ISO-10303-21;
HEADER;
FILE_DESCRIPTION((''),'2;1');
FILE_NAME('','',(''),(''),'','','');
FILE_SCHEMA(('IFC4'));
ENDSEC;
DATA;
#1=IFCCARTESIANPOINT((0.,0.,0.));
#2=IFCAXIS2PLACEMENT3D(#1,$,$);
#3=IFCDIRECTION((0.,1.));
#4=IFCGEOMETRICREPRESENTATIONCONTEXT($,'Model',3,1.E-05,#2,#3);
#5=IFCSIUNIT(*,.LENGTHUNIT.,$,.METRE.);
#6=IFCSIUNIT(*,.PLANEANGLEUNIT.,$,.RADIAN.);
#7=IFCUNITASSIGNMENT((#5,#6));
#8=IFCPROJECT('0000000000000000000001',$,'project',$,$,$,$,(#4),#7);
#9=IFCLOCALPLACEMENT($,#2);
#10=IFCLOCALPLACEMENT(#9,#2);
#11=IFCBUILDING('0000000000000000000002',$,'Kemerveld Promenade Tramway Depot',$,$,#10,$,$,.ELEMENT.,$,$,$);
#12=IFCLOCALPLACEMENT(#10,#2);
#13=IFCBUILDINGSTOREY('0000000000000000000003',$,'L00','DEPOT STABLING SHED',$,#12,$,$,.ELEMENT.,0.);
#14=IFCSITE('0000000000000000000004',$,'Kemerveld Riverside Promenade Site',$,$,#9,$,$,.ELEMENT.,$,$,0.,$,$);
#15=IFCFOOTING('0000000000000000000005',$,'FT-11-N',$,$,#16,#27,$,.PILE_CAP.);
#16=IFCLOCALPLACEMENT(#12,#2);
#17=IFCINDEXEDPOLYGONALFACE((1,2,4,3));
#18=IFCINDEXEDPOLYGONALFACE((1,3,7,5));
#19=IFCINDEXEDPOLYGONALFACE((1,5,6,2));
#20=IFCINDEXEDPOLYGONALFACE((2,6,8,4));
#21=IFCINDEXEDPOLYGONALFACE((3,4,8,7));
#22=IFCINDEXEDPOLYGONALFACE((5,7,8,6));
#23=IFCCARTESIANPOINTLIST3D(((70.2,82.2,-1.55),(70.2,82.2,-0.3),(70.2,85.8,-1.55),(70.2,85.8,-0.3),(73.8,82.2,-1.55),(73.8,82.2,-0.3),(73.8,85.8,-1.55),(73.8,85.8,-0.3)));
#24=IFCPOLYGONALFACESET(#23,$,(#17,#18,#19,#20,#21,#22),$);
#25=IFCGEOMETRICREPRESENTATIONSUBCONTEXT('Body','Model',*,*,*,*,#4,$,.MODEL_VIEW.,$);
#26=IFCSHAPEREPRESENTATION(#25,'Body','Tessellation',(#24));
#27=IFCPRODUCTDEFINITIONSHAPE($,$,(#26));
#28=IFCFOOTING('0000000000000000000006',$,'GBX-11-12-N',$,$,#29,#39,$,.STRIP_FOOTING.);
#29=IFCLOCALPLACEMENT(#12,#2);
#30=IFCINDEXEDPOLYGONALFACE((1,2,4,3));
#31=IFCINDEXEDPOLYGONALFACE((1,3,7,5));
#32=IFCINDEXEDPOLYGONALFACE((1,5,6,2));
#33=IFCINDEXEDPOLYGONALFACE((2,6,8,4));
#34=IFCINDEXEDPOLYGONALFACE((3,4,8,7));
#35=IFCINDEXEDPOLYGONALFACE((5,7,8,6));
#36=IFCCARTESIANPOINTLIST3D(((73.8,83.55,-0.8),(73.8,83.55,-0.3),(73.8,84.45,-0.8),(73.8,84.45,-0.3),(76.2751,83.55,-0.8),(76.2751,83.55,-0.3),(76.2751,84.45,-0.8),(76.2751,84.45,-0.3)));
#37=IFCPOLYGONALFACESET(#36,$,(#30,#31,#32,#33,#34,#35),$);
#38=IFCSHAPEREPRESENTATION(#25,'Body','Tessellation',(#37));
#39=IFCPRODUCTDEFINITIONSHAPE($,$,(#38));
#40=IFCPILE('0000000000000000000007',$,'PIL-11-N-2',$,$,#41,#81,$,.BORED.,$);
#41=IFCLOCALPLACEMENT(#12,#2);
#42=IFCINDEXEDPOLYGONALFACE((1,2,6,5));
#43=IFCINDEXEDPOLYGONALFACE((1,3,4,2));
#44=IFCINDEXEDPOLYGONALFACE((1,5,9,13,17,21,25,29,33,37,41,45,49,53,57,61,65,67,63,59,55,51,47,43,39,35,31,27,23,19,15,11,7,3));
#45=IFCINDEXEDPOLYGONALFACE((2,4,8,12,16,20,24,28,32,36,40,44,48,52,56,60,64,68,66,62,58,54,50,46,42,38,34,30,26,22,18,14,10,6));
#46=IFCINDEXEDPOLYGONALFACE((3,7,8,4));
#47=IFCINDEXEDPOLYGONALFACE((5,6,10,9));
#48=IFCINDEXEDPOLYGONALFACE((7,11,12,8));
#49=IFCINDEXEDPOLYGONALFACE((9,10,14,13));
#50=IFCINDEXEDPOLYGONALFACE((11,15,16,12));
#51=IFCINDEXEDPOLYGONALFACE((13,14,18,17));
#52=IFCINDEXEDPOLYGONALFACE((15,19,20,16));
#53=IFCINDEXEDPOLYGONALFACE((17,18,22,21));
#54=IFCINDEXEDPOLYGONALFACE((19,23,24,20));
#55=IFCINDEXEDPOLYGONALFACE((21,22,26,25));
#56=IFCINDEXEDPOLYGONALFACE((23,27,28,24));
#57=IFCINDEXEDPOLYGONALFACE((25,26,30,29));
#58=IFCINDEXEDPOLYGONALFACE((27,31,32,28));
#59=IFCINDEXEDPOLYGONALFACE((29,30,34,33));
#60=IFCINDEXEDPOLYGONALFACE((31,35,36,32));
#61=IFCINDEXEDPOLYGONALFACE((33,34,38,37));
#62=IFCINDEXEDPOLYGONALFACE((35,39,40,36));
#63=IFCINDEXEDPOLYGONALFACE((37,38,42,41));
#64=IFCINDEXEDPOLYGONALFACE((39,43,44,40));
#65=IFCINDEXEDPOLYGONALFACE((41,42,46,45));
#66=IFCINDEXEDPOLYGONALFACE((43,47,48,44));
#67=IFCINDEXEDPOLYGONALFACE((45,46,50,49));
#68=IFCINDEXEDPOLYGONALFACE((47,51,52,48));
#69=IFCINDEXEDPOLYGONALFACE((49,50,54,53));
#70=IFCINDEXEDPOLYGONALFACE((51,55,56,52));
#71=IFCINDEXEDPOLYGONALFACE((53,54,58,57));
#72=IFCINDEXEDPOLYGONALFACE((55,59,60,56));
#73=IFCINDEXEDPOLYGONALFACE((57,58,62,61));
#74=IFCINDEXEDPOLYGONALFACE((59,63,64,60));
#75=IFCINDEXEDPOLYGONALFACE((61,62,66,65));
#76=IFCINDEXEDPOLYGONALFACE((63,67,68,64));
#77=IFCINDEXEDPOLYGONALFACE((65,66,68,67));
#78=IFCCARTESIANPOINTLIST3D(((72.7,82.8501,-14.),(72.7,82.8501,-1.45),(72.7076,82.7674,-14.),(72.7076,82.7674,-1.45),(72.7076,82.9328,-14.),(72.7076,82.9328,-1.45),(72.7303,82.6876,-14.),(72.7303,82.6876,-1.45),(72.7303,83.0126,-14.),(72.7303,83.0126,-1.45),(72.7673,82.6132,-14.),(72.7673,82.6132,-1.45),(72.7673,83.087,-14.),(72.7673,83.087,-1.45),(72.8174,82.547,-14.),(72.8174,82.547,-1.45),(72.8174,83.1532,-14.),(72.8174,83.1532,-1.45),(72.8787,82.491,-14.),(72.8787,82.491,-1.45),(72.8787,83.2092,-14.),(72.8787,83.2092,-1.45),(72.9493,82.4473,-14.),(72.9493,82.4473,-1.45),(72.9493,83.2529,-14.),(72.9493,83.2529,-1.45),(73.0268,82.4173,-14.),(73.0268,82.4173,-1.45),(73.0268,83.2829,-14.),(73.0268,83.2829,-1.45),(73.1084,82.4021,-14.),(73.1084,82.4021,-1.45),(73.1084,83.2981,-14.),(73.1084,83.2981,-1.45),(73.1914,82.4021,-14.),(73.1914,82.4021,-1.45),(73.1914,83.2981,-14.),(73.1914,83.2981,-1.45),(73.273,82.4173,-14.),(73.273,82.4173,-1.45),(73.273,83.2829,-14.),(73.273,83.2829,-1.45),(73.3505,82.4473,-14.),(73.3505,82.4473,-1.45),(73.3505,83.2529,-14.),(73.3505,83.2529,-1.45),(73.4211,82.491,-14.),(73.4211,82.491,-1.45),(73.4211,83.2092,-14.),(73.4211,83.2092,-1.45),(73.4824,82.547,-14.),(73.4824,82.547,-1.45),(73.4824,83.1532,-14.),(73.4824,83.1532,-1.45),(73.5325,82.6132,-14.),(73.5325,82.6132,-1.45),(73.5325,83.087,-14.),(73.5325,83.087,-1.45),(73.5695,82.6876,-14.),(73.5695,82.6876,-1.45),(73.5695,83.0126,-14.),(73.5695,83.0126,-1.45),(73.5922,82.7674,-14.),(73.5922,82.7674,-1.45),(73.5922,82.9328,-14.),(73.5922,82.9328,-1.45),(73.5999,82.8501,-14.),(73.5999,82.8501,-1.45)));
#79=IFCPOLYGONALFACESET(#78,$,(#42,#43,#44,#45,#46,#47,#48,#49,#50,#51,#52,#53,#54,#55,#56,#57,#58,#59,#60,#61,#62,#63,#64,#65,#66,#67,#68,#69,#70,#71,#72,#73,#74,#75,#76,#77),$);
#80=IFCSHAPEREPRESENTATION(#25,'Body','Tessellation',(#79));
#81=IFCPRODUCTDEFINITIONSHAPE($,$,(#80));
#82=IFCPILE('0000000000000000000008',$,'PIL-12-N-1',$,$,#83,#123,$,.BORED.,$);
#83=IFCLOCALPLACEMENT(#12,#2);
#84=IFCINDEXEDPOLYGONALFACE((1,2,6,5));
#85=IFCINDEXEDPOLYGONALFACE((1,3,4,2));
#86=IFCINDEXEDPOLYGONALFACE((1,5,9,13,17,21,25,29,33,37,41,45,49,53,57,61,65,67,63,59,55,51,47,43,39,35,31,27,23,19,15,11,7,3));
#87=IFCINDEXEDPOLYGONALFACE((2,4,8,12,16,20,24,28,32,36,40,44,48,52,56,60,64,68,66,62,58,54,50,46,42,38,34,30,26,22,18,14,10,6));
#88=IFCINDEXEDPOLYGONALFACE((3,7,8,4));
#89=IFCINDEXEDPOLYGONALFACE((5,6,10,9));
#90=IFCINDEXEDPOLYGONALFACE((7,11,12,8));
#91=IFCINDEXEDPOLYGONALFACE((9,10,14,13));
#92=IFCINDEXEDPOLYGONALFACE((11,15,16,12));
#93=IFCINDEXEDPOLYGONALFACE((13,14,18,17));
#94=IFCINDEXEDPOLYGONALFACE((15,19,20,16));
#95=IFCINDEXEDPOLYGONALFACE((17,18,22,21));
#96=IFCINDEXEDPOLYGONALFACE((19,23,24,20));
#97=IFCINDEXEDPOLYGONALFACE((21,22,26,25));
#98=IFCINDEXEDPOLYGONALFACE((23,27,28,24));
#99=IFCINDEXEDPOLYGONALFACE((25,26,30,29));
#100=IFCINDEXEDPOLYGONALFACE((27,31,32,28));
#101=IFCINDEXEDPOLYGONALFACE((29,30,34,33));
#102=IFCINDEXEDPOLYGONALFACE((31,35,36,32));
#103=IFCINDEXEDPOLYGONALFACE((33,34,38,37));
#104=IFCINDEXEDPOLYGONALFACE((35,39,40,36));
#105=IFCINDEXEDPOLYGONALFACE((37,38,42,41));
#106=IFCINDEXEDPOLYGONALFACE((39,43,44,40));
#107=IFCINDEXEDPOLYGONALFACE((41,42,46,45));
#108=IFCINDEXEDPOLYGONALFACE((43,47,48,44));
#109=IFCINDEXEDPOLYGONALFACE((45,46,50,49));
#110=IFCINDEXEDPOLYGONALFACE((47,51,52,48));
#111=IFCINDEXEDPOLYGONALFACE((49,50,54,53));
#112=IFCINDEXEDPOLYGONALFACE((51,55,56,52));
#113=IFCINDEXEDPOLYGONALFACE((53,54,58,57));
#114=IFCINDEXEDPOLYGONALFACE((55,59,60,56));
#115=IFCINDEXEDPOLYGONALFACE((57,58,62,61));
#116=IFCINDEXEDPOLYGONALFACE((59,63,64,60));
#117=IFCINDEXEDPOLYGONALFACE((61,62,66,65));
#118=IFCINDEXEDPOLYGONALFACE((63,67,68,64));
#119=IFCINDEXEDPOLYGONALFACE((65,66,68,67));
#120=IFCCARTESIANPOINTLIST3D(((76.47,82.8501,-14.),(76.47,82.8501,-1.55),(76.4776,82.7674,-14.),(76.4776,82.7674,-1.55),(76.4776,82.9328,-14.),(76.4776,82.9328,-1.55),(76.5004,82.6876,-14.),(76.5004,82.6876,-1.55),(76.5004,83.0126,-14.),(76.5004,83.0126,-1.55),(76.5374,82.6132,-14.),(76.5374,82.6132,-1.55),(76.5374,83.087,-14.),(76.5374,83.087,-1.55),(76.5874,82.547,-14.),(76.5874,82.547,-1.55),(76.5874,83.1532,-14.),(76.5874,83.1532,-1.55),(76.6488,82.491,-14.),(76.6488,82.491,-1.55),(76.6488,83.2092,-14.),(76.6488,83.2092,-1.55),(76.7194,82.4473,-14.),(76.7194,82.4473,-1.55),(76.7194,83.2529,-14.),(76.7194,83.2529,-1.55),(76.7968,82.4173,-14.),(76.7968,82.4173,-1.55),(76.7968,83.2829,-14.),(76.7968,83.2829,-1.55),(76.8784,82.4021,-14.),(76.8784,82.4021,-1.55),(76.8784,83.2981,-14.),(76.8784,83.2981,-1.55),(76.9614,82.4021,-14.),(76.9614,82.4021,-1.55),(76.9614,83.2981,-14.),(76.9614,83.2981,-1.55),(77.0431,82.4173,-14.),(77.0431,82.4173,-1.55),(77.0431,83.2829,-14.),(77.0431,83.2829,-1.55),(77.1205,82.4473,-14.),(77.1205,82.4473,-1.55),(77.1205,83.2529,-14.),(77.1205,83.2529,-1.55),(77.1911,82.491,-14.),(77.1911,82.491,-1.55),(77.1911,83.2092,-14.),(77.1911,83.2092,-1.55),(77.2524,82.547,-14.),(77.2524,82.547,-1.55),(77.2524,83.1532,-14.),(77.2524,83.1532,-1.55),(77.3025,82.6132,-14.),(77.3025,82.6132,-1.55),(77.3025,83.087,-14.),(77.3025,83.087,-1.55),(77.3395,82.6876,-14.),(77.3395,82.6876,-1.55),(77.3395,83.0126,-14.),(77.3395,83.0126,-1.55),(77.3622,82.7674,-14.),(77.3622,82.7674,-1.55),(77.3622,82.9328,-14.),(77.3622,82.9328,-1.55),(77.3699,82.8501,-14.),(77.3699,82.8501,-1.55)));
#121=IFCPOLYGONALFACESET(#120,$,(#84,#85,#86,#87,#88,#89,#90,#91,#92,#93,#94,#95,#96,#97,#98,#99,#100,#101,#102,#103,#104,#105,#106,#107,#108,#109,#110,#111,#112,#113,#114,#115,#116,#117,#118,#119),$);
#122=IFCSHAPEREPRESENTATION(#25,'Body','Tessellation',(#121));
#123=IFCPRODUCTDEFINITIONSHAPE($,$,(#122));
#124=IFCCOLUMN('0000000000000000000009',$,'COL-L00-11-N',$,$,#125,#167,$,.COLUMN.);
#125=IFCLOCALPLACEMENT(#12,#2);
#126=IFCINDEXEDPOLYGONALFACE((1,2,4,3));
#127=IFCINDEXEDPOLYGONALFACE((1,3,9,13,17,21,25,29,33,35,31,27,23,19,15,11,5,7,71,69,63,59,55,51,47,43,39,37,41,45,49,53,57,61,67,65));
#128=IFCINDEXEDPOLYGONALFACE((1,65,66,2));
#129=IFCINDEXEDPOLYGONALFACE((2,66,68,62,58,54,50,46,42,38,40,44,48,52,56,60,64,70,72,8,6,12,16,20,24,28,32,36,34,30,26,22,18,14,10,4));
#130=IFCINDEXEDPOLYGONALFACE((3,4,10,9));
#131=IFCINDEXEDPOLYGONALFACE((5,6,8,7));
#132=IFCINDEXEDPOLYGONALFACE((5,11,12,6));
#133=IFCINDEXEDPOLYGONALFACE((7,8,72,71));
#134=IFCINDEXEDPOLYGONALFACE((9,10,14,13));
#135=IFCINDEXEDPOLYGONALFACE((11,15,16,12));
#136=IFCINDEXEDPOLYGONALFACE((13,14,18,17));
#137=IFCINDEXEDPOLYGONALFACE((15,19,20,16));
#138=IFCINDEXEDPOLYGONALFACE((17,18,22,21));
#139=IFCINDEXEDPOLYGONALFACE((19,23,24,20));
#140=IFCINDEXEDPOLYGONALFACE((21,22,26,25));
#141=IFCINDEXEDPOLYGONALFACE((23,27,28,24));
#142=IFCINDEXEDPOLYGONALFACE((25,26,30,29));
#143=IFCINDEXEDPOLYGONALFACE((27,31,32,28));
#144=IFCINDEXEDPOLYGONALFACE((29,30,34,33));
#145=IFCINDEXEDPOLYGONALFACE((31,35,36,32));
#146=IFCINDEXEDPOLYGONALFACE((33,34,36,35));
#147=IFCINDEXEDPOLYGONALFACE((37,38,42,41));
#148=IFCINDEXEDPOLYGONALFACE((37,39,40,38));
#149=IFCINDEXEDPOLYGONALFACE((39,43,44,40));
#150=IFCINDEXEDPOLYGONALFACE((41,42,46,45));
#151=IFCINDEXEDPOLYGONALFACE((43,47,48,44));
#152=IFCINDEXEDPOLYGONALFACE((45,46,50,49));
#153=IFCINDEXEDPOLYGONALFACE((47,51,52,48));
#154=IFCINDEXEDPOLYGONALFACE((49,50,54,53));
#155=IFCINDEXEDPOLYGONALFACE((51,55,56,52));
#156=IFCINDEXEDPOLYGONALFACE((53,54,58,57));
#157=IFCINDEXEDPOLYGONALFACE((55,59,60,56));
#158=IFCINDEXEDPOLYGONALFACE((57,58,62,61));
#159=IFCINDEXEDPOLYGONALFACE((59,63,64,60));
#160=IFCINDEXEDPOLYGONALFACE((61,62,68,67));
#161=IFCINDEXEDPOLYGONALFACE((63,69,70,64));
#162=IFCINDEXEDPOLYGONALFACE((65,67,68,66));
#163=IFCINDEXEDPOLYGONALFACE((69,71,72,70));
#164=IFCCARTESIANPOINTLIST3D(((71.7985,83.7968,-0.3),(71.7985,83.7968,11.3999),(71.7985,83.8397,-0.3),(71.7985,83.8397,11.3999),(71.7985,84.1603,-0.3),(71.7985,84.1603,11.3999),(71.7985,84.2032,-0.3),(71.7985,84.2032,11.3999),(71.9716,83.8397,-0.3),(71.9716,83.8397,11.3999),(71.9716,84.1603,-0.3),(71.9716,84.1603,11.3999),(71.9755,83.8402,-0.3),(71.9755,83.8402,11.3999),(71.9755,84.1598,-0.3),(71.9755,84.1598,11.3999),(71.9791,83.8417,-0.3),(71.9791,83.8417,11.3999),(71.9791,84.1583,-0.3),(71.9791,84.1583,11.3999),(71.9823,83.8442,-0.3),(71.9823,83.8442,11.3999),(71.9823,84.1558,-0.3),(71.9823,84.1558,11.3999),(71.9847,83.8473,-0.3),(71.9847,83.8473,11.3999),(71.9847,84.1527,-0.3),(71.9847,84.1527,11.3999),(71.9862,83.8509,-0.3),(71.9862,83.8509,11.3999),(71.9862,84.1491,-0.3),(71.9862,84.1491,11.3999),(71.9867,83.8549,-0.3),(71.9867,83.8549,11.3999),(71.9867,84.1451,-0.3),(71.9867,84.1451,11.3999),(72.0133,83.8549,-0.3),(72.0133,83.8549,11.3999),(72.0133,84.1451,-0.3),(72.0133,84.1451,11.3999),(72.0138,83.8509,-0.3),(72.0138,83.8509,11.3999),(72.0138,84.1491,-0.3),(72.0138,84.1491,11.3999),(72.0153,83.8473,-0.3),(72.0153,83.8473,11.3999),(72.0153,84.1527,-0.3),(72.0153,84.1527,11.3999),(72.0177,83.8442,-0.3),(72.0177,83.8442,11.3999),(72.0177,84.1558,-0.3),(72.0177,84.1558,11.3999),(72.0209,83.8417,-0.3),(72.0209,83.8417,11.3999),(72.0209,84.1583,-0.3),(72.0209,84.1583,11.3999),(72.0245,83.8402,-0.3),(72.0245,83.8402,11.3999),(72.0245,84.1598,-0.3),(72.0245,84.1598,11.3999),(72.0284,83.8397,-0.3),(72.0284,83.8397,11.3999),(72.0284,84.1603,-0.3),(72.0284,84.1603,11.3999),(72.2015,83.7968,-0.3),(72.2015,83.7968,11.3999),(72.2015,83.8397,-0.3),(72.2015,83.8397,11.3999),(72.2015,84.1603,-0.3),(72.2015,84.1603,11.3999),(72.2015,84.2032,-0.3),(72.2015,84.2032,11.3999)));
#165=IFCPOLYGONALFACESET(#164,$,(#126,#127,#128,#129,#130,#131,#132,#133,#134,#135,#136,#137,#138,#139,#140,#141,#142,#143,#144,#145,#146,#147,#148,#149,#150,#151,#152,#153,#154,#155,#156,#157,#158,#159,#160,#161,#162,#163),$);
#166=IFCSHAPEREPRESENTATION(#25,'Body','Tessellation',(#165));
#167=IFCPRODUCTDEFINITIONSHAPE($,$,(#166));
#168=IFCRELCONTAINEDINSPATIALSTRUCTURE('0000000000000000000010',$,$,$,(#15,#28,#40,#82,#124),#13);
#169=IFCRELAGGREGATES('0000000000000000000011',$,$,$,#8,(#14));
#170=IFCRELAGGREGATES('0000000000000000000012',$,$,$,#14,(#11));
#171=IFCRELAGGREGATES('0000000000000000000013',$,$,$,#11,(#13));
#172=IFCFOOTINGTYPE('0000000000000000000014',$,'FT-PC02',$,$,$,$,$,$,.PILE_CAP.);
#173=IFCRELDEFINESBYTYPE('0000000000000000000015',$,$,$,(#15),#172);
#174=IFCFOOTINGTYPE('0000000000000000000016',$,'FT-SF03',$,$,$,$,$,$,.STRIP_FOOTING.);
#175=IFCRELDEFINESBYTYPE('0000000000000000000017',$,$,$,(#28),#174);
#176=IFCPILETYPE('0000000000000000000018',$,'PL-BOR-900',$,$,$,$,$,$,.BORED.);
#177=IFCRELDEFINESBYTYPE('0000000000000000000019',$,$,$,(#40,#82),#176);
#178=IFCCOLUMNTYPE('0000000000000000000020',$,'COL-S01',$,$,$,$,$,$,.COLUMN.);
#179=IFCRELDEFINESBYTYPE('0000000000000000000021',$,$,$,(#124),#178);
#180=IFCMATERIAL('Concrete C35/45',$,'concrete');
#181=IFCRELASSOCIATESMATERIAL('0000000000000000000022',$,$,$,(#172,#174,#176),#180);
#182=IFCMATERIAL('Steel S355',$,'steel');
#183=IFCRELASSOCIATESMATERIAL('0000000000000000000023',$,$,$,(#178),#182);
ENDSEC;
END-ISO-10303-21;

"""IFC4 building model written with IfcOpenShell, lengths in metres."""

from ifc_helpers import new_model, si_unit, direction, frame, origin, origin_2d, place, context, subcontext, project, spatial, rectangle, circle, i_section, extrude, material, material_profile, profile_set, type_object, element, save


model = new_model("IFC4")

# Units and contexts
model_context = context("Model", 3, precision=1e-05, world=origin(), true_north=direction((0.0, 1.0)))
body_context = subcontext(model_context, "Body", "Model", "MODEL_VIEW")
ifc_project = project(units=[si_unit("LENGTHUNIT", "METRE"), si_unit("PLANEANGLEUNIT", "RADIAN")], contexts=[model_context])

# Site, building, storey
site_placement = place(None, origin())
site = spatial("IfcSite", under=ifc_project, at=site_placement, Name="Kemerveld Riverside Promenade Site", CompositionType="ELEMENT", RefElevation=0.0)
building_placement = place(site_placement, origin())
building = spatial("IfcBuilding", under=site, at=building_placement, Name="Kemerveld Promenade Tramway Depot", CompositionType="ELEMENT")
storey_placement = place(building_placement, origin())
storey = spatial("IfcBuildingStorey", under=building, at=storey_placement, Name="L00", Description="DEPOT STABLING SHED", CompositionType="ELEMENT", Elevation=0.0)

# Footings
ifc_material_1 = material(Name="Concrete C35/45", Category="concrete")
footing_type_1 = type_object("IfcFootingType", Name="FT-PC02", PredefinedType="PILE_CAP", material=ifc_material_1)
footing_1_placement = place(storey_placement, frame((72.0, 84.0, -1.55), z_axis=(0.0, 0.0, 1.0), x_axis=(1.0, 0.0, 0.0)))
element("IfcFooting", 1, at=footing_1_placement, inside=storey, type_object=footing_type_1, Name="FT-11-N", PredefinedType="PILE_CAP", context=body_context, shape_type="SweptSolid", body=[
    extrude(rectangle(XDim=3.6001, YDim=3.6001, at=origin_2d()), origin(), (0.0, 0.0, 1.0), 1.25),
])
footing_type_2 = type_object("IfcFootingType", Name="FT-SF03", PredefinedType="STRIP_FOOTING", material=ifc_material_1)
footing_2_placement = place(storey_placement, frame((75.0376, 84.0, -0.8), z_axis=(0.0, 0.0, 1.0), x_axis=(1.0, 0.0, 0.0)))
element("IfcFooting", 2, at=footing_2_placement, inside=storey, type_object=footing_type_2, Name="GBX-11-12-N", PredefinedType="STRIP_FOOTING", context=body_context, shape_type="SweptSolid", body=[
    extrude(rectangle(XDim=2.4751, YDim=0.8999, at=origin_2d()), origin(), (0.0, 0.0, 1.0), 0.5),
])

# Piles
ifc_material_profile_1 = material_profile(ifc_material_1, circle(Radius=0.45, at=origin_2d()), Name="PILE-D900")
ifc_profile_set_1 = profile_set([ifc_material_profile_1], Name="Concrete C35/45")
pile_type = type_object("IfcPileType", Name="PL-BOR-900", PredefinedType="BORED", material=ifc_profile_set_1)
pile_1_placement = place(storey_placement, frame((73.1499, 82.8501, -1.45), z_axis=(0.0, 0.0, -1.0), x_axis=(1.0, 0.0, 0.0)))
element("IfcPile", 3, at=pile_1_placement, inside=storey, type_object=pile_type, Name="PIL-11-N-2", PredefinedType="BORED", context=body_context, shape_type="SweptSolid", body=[
    extrude(circle(Radius=0.45, at=origin_2d()), origin(), (0.0, 0.0, 1.0), 12.55),
])
pile_2_placement = place(storey_placement, frame((76.9199, 82.8501, -1.55), z_axis=(0.0, 0.0, -1.0), x_axis=(1.0, 0.0, 0.0)))
element("IfcPile", 4, at=pile_2_placement, inside=storey, type_object=pile_type, Name="PIL-12-N-1", PredefinedType="BORED", context=body_context, shape_type="SweptSolid", body=[
    extrude(circle(Radius=0.45, at=origin_2d()), origin(), (0.0, 0.0, 1.0), 12.45),
])

# Column
ifc_material_2 = material(Name="Steel S355", Category="steel")
ifc_material_profile_2 = material_profile(ifc_material_2, i_section(OverallWidth=0.4031, OverallDepth=0.4065, WebThickness=0.0266, FlangeThickness=0.043, FilletRadius=0.0151, at=origin_2d()), Name="356x406x340 UC")
ifc_profile_set_2 = profile_set([ifc_material_profile_2], Name="Steel S355")
column_type = type_object("IfcColumnType", Name="COL-S01", PredefinedType="COLUMN", material=ifc_profile_set_2)
column_placement = place(storey_placement, frame((72.0, 84.0, -0.3), z_axis=(0.0, 0.0, 1.0), x_axis=(1.0, 0.0, 0.0)))
element("IfcColumn", 5, at=column_placement, inside=storey, type_object=column_type, Name="COL-L00-11-N", PredefinedType="COLUMN", context=body_context, shape_type="SweptSolid", body=[
    extrude(i_section(OverallWidth=0.4031, OverallDepth=0.4065, WebThickness=0.0266, FlangeThickness=0.043, FilletRadius=0.0151, at=origin_2d()), origin(), (0.0, 0.0, 1.0), 11.7),
])

save(model, "model.ifc")
